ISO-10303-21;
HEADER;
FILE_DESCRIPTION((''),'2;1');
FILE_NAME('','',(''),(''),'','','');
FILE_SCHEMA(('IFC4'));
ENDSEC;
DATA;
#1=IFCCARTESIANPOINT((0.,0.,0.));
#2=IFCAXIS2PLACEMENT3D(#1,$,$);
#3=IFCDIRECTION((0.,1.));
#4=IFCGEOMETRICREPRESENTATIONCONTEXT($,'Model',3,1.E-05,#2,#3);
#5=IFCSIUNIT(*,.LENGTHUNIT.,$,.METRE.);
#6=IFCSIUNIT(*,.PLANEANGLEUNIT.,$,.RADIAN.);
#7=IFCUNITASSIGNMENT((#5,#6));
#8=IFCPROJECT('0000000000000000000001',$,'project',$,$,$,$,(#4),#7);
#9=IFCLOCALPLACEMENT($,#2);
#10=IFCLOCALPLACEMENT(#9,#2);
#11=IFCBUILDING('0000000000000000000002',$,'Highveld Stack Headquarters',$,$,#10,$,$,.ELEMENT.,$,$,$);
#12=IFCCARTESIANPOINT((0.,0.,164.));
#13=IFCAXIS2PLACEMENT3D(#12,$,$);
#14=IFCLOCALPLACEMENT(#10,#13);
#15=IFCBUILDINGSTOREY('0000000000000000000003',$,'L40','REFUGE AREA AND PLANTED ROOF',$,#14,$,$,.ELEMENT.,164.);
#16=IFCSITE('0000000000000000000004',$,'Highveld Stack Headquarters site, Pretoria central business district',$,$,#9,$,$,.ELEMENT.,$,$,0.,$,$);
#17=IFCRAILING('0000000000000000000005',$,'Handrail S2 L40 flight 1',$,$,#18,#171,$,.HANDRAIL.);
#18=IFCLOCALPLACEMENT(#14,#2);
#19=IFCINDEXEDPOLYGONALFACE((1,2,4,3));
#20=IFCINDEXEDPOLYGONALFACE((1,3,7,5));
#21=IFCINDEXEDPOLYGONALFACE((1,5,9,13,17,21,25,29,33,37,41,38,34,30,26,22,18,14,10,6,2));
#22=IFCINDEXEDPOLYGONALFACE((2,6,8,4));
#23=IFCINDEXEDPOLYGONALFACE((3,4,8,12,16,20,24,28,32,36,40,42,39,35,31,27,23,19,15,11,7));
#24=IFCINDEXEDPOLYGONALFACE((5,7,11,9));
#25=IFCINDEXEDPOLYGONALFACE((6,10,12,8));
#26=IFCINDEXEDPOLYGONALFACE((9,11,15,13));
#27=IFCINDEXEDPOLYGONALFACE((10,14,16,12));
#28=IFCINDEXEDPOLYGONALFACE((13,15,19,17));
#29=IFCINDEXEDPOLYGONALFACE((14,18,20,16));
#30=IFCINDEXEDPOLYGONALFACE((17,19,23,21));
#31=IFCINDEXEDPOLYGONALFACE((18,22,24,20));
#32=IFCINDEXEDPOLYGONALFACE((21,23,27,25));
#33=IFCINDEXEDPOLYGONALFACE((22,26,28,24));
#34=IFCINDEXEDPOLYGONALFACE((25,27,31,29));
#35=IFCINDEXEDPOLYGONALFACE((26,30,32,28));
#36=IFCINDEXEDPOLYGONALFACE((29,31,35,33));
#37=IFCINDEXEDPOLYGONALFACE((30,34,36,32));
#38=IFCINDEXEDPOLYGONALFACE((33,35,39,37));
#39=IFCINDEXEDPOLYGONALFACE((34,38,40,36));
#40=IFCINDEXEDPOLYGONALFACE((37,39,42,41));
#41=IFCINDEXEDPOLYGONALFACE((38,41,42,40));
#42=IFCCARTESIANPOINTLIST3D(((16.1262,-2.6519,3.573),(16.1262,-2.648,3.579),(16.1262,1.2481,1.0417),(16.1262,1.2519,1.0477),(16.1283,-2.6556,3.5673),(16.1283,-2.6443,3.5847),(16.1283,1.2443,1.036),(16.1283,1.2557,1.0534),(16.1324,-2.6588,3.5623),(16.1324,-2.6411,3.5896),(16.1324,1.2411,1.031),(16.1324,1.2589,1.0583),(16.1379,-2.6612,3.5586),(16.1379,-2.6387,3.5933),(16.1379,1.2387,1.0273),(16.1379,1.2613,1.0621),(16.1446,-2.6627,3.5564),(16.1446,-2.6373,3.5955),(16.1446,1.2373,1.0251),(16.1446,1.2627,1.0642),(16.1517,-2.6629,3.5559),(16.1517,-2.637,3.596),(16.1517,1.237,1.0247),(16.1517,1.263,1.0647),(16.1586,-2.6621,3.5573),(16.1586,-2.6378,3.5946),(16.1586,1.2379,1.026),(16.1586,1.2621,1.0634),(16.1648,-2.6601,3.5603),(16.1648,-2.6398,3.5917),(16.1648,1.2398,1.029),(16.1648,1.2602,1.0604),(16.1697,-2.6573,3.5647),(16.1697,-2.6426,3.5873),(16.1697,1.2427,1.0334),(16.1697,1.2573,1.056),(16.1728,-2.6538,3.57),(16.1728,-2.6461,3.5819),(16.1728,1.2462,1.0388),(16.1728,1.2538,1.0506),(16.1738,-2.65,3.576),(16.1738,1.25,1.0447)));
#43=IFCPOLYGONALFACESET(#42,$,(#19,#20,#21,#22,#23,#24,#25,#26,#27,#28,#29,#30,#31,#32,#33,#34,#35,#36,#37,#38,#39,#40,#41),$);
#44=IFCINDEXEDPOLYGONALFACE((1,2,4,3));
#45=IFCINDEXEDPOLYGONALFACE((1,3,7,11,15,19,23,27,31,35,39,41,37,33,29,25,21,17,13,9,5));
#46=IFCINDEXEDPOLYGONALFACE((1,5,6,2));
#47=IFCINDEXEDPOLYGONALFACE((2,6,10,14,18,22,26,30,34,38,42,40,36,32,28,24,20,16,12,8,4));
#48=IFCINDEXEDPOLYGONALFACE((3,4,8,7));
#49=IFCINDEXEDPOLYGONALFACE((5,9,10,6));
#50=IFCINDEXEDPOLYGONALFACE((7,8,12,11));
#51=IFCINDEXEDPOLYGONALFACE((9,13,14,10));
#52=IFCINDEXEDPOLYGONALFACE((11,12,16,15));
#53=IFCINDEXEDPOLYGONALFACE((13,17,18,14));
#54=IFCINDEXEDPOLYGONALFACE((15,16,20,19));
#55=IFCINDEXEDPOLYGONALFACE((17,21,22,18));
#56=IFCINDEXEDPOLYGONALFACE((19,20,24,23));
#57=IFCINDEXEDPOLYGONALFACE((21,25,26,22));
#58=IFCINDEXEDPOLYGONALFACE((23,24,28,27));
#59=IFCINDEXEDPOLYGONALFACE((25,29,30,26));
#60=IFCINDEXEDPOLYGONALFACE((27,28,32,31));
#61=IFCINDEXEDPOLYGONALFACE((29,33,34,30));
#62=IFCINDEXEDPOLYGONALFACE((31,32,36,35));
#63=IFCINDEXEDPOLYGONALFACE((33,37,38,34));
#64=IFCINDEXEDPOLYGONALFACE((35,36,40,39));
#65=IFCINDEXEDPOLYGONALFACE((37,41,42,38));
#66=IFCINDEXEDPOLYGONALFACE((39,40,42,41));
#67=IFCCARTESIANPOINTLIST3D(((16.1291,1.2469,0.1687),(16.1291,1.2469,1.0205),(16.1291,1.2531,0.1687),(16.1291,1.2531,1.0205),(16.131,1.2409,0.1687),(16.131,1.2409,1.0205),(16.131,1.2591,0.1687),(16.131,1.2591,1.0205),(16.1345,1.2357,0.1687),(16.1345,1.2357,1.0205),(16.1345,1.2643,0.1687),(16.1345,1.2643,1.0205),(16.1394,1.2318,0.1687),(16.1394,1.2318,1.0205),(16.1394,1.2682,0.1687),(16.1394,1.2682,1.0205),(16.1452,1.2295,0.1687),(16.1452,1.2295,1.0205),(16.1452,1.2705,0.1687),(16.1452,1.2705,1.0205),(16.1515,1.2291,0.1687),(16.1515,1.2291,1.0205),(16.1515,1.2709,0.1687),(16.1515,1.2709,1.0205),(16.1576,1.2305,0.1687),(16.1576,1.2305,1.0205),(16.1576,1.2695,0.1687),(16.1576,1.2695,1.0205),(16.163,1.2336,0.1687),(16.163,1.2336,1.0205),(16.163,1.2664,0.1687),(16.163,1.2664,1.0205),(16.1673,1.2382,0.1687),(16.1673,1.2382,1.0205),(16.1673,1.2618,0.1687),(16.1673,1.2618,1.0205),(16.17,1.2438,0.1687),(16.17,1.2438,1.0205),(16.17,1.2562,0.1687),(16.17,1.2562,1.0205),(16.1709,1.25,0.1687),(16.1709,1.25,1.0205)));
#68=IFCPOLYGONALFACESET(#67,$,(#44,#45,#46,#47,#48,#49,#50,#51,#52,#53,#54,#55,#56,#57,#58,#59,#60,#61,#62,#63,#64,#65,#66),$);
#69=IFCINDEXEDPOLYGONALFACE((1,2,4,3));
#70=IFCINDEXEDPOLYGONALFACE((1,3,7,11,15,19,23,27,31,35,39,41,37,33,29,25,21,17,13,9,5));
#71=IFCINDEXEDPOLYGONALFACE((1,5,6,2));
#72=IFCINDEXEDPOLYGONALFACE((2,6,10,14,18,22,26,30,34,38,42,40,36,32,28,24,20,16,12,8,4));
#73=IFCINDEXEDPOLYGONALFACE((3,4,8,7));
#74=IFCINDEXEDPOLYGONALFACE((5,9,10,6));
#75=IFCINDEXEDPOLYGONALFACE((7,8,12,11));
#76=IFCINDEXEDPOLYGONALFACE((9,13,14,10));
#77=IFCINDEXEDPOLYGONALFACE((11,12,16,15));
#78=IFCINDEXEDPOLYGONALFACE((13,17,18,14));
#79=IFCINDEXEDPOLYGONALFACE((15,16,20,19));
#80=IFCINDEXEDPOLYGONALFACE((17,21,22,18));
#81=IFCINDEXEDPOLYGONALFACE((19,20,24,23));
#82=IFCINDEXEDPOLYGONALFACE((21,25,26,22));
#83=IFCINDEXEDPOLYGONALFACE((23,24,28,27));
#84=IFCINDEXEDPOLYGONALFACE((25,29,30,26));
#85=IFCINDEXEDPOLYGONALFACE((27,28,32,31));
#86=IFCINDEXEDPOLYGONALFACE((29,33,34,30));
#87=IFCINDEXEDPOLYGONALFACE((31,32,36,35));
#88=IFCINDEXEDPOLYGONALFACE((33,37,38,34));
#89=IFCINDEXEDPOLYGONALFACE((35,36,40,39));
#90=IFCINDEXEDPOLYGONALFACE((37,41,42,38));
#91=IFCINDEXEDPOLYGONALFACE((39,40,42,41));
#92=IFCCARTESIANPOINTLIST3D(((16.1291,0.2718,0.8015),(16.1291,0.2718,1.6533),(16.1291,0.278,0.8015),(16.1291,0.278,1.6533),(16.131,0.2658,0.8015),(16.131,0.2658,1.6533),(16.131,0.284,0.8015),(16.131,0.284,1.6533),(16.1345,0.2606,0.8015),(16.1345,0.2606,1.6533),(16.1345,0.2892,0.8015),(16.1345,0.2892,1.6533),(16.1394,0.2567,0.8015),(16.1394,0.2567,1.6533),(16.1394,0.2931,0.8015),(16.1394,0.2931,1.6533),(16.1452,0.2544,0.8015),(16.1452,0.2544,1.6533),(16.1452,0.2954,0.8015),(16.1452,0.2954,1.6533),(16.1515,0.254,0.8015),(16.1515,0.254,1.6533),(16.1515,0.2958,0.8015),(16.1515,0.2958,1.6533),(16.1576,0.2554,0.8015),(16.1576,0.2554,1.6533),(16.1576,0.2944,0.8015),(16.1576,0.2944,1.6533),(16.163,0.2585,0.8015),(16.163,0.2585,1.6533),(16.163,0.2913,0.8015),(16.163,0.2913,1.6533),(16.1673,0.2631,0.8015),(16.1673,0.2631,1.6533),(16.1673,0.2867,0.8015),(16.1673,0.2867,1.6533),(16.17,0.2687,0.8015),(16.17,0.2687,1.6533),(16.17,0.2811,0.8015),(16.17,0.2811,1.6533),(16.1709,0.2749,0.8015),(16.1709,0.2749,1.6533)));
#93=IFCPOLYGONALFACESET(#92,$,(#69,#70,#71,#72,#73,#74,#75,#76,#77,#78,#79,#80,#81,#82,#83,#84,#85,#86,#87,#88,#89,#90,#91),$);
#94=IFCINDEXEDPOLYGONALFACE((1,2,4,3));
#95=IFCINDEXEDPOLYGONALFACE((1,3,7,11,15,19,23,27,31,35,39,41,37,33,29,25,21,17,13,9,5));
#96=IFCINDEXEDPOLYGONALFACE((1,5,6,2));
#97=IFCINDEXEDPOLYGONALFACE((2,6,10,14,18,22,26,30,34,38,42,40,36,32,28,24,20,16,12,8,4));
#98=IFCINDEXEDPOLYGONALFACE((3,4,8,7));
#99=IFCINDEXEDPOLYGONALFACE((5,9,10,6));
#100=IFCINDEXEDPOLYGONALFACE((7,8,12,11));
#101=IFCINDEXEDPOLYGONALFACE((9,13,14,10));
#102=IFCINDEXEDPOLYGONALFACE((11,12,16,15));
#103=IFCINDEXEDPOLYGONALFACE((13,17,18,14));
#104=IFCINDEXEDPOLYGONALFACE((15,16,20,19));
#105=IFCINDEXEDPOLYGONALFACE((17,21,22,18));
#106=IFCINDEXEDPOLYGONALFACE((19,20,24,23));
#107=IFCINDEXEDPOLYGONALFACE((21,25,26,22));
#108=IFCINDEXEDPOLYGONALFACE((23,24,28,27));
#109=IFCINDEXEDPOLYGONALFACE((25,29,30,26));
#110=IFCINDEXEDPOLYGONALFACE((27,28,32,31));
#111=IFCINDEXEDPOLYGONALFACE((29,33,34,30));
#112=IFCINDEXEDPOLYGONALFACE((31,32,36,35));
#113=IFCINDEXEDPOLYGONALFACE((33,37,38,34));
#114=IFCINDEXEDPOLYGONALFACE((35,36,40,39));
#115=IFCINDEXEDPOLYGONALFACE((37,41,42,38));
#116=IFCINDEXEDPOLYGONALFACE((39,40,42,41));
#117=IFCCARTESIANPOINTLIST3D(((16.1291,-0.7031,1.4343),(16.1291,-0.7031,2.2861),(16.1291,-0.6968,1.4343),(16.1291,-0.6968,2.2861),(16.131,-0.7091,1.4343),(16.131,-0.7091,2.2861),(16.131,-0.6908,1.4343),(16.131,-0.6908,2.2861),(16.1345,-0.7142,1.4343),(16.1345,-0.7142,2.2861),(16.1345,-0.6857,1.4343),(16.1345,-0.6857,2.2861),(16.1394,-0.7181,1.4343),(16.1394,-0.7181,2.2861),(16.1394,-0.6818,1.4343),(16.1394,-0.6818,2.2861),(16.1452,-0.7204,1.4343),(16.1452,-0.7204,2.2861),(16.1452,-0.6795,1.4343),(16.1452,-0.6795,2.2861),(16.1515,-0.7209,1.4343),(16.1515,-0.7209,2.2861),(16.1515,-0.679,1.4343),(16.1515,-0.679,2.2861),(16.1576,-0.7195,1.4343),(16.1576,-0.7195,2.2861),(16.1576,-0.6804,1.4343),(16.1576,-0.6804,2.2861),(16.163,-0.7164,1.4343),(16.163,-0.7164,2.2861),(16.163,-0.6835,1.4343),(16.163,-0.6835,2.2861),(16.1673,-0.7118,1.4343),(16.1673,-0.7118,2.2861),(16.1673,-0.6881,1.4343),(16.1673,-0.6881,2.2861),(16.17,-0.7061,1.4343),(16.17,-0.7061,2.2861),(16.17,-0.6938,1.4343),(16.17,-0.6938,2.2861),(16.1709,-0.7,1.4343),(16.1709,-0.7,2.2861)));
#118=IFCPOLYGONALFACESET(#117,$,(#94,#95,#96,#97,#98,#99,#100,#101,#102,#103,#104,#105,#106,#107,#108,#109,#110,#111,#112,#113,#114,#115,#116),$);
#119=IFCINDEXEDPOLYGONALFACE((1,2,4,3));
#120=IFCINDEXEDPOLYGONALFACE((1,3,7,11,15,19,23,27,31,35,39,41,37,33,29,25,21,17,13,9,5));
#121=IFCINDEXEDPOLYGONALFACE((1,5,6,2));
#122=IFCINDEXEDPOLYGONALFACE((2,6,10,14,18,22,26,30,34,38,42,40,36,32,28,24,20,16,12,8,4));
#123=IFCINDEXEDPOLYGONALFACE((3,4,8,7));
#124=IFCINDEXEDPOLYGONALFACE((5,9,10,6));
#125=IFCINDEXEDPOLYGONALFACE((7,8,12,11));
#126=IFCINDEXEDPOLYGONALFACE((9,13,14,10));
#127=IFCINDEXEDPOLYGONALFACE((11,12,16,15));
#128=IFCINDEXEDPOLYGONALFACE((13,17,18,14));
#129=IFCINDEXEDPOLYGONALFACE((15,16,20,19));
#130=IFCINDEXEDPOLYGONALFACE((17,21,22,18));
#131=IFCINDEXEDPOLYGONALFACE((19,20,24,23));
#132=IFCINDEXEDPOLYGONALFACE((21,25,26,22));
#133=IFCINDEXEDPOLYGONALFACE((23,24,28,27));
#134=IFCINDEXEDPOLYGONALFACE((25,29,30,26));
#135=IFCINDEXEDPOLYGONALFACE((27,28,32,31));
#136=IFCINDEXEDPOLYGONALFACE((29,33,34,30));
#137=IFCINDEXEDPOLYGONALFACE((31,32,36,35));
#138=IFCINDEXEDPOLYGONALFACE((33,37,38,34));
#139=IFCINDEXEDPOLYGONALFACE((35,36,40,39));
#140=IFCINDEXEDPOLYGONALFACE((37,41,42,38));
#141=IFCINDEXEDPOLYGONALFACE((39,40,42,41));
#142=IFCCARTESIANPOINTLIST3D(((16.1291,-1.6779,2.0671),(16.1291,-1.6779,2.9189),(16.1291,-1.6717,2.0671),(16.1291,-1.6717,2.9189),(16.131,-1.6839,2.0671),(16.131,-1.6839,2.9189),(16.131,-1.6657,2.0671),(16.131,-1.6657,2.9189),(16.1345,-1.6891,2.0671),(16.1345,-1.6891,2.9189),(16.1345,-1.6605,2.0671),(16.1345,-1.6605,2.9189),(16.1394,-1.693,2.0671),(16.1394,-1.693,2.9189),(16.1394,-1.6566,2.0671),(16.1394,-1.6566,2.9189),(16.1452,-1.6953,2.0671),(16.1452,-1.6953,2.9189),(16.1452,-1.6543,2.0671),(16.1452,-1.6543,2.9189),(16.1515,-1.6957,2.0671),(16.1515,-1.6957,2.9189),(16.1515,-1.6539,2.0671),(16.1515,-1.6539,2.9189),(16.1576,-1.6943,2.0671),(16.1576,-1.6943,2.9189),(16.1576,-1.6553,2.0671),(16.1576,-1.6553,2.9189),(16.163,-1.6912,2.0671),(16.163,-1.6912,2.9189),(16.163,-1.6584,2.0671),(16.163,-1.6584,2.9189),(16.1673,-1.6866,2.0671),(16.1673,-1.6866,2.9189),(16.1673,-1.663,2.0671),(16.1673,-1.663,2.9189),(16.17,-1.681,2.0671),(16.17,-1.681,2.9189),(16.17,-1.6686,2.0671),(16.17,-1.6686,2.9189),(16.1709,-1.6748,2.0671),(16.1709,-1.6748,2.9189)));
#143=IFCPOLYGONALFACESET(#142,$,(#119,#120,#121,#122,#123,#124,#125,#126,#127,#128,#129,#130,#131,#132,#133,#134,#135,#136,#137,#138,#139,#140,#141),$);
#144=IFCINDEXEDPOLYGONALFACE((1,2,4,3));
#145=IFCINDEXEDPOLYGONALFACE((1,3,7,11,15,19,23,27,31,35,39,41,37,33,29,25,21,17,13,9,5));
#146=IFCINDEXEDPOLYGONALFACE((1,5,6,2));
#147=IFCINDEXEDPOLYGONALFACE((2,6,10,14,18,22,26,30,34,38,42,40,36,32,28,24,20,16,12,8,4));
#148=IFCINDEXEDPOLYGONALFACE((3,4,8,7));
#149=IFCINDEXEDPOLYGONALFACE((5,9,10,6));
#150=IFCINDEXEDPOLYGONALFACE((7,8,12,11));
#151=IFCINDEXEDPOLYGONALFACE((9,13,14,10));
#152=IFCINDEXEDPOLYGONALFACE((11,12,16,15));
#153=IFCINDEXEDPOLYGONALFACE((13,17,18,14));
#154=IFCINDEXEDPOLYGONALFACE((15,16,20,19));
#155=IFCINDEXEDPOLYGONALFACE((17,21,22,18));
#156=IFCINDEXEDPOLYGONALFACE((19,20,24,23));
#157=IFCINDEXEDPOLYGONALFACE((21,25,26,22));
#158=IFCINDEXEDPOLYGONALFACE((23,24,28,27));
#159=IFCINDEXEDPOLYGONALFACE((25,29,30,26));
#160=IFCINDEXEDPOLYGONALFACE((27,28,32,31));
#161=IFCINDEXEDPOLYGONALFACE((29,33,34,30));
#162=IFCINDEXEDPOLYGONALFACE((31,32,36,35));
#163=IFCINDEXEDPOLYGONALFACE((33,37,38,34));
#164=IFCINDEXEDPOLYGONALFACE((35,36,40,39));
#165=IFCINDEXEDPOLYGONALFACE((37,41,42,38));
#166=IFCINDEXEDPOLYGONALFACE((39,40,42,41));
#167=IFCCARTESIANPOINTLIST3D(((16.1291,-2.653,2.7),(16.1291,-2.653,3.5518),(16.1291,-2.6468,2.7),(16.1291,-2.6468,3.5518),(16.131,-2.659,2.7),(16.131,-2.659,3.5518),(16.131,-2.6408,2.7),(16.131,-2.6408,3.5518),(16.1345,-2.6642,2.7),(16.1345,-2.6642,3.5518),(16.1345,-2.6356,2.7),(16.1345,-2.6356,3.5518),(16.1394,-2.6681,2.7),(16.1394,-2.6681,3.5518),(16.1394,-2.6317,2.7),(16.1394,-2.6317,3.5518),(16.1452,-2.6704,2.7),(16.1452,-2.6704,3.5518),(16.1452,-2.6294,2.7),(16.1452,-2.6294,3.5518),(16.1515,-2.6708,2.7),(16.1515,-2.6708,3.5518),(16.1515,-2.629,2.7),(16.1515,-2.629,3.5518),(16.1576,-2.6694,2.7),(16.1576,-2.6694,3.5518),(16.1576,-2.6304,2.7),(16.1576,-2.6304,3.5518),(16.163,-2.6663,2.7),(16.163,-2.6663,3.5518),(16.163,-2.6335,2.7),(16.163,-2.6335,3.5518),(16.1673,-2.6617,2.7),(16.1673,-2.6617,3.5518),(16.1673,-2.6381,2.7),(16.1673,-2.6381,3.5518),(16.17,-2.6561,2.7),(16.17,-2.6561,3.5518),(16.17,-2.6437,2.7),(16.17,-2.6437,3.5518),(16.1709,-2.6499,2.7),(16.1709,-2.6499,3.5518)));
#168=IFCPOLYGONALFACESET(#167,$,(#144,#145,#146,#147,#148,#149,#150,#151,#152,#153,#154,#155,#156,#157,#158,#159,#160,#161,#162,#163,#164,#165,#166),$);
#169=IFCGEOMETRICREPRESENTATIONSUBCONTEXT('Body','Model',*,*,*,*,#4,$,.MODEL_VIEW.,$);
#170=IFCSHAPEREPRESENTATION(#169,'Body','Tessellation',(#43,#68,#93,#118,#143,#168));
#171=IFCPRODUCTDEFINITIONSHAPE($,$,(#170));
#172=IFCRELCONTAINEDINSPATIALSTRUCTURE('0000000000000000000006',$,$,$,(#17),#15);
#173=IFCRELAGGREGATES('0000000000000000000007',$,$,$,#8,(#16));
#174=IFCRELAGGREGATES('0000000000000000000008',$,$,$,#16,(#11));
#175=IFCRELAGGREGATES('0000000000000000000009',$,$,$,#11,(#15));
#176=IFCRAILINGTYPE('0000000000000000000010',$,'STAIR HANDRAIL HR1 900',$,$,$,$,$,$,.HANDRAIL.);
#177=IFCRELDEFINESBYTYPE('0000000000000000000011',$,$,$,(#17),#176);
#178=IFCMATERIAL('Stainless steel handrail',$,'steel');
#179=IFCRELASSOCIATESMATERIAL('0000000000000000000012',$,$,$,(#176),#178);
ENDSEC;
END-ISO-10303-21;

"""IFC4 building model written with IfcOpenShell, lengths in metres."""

from ifc_helpers import new_model, si_unit, direction, frame, origin, origin_2d, place, context, subcontext, project, spatial, circle, extrude, material, type_object, element, save


model = new_model("IFC4")

# Units and contexts
model_context = context("Model", 3, precision=1e-05, world=origin(), true_north=direction((0.0, 1.0)))
body_context = subcontext(model_context, "Body", "Model", "MODEL_VIEW")
ifc_project = project(units=[si_unit("LENGTHUNIT", "METRE"), si_unit("PLANEANGLEUNIT", "RADIAN")], contexts=[model_context])

# Site, building, storey
site_placement = place(None, origin())
site = spatial("IfcSite", under=ifc_project, at=site_placement, Name="Highveld Stack Headquarters site, Pretoria central business district", CompositionType="ELEMENT", RefElevation=0.0)
building_placement = place(site_placement, origin())
building = spatial("IfcBuilding", under=site, at=building_placement, Name="Highveld Stack Headquarters", CompositionType="ELEMENT")
storey_placement = place(building_placement, frame((0.0, 0.0, 164.0)))
storey = spatial("IfcBuildingStorey", under=building, at=storey_placement, Name="L40", Description="REFUGE AREA AND PLANTED ROOF", CompositionType="ELEMENT", Elevation=164.0)

# Railing
ifc_material_1 = material(Name="Stainless steel handrail", Category="steel")
railing_type = type_object("IfcRailingType", Name="STAIR HANDRAIL HR1 900", PredefinedType="HANDRAIL", material=ifc_material_1)
for number, where, name in (
    (1, (16.1499, 1.25, 0.1687), "Handrail S2 L40 flight 1"),
):
    element("IfcRailing", number, at=place(storey_placement, frame(where)), inside=storey, type_object=railing_type, Name=name, PredefinedType="HANDRAIL", context=body_context, shape_type="SweptSolid", body=[
        extrude(circle(Radius=0.0239, at=origin_2d()), frame((0.0, 0.0, 0.876), z_axis=(0.0, -0.838806, 0.544431), x_axis=(1.0, 0.0, 0.0)), (0.0, 0.0, 1.0), 4.6494),
        extrude(circle(Radius=0.021, at=origin_2d()), origin(), (0.0, 0.0, 1.0), 0.8518),
        extrude(circle(Radius=0.021, at=origin_2d()), frame((0.0, -0.9751, 0.6328)), (0.0, 0.0, 1.0), 0.8518),
        extrude(circle(Radius=0.021, at=origin_2d()), frame((0.0, -1.95, 1.2656)), (0.0, 0.0, 1.0), 0.8518),
        extrude(circle(Radius=0.021, at=origin_2d()), frame((0.0, -2.9248, 1.8984)), (0.0, 0.0, 1.0), 0.8518),
        extrude(circle(Radius=0.021, at=origin_2d()), frame((0.0, -3.8999, 2.5312)), (0.0, 0.0, 1.0), 0.8518),
    ])

save(model, "model.ifc")
